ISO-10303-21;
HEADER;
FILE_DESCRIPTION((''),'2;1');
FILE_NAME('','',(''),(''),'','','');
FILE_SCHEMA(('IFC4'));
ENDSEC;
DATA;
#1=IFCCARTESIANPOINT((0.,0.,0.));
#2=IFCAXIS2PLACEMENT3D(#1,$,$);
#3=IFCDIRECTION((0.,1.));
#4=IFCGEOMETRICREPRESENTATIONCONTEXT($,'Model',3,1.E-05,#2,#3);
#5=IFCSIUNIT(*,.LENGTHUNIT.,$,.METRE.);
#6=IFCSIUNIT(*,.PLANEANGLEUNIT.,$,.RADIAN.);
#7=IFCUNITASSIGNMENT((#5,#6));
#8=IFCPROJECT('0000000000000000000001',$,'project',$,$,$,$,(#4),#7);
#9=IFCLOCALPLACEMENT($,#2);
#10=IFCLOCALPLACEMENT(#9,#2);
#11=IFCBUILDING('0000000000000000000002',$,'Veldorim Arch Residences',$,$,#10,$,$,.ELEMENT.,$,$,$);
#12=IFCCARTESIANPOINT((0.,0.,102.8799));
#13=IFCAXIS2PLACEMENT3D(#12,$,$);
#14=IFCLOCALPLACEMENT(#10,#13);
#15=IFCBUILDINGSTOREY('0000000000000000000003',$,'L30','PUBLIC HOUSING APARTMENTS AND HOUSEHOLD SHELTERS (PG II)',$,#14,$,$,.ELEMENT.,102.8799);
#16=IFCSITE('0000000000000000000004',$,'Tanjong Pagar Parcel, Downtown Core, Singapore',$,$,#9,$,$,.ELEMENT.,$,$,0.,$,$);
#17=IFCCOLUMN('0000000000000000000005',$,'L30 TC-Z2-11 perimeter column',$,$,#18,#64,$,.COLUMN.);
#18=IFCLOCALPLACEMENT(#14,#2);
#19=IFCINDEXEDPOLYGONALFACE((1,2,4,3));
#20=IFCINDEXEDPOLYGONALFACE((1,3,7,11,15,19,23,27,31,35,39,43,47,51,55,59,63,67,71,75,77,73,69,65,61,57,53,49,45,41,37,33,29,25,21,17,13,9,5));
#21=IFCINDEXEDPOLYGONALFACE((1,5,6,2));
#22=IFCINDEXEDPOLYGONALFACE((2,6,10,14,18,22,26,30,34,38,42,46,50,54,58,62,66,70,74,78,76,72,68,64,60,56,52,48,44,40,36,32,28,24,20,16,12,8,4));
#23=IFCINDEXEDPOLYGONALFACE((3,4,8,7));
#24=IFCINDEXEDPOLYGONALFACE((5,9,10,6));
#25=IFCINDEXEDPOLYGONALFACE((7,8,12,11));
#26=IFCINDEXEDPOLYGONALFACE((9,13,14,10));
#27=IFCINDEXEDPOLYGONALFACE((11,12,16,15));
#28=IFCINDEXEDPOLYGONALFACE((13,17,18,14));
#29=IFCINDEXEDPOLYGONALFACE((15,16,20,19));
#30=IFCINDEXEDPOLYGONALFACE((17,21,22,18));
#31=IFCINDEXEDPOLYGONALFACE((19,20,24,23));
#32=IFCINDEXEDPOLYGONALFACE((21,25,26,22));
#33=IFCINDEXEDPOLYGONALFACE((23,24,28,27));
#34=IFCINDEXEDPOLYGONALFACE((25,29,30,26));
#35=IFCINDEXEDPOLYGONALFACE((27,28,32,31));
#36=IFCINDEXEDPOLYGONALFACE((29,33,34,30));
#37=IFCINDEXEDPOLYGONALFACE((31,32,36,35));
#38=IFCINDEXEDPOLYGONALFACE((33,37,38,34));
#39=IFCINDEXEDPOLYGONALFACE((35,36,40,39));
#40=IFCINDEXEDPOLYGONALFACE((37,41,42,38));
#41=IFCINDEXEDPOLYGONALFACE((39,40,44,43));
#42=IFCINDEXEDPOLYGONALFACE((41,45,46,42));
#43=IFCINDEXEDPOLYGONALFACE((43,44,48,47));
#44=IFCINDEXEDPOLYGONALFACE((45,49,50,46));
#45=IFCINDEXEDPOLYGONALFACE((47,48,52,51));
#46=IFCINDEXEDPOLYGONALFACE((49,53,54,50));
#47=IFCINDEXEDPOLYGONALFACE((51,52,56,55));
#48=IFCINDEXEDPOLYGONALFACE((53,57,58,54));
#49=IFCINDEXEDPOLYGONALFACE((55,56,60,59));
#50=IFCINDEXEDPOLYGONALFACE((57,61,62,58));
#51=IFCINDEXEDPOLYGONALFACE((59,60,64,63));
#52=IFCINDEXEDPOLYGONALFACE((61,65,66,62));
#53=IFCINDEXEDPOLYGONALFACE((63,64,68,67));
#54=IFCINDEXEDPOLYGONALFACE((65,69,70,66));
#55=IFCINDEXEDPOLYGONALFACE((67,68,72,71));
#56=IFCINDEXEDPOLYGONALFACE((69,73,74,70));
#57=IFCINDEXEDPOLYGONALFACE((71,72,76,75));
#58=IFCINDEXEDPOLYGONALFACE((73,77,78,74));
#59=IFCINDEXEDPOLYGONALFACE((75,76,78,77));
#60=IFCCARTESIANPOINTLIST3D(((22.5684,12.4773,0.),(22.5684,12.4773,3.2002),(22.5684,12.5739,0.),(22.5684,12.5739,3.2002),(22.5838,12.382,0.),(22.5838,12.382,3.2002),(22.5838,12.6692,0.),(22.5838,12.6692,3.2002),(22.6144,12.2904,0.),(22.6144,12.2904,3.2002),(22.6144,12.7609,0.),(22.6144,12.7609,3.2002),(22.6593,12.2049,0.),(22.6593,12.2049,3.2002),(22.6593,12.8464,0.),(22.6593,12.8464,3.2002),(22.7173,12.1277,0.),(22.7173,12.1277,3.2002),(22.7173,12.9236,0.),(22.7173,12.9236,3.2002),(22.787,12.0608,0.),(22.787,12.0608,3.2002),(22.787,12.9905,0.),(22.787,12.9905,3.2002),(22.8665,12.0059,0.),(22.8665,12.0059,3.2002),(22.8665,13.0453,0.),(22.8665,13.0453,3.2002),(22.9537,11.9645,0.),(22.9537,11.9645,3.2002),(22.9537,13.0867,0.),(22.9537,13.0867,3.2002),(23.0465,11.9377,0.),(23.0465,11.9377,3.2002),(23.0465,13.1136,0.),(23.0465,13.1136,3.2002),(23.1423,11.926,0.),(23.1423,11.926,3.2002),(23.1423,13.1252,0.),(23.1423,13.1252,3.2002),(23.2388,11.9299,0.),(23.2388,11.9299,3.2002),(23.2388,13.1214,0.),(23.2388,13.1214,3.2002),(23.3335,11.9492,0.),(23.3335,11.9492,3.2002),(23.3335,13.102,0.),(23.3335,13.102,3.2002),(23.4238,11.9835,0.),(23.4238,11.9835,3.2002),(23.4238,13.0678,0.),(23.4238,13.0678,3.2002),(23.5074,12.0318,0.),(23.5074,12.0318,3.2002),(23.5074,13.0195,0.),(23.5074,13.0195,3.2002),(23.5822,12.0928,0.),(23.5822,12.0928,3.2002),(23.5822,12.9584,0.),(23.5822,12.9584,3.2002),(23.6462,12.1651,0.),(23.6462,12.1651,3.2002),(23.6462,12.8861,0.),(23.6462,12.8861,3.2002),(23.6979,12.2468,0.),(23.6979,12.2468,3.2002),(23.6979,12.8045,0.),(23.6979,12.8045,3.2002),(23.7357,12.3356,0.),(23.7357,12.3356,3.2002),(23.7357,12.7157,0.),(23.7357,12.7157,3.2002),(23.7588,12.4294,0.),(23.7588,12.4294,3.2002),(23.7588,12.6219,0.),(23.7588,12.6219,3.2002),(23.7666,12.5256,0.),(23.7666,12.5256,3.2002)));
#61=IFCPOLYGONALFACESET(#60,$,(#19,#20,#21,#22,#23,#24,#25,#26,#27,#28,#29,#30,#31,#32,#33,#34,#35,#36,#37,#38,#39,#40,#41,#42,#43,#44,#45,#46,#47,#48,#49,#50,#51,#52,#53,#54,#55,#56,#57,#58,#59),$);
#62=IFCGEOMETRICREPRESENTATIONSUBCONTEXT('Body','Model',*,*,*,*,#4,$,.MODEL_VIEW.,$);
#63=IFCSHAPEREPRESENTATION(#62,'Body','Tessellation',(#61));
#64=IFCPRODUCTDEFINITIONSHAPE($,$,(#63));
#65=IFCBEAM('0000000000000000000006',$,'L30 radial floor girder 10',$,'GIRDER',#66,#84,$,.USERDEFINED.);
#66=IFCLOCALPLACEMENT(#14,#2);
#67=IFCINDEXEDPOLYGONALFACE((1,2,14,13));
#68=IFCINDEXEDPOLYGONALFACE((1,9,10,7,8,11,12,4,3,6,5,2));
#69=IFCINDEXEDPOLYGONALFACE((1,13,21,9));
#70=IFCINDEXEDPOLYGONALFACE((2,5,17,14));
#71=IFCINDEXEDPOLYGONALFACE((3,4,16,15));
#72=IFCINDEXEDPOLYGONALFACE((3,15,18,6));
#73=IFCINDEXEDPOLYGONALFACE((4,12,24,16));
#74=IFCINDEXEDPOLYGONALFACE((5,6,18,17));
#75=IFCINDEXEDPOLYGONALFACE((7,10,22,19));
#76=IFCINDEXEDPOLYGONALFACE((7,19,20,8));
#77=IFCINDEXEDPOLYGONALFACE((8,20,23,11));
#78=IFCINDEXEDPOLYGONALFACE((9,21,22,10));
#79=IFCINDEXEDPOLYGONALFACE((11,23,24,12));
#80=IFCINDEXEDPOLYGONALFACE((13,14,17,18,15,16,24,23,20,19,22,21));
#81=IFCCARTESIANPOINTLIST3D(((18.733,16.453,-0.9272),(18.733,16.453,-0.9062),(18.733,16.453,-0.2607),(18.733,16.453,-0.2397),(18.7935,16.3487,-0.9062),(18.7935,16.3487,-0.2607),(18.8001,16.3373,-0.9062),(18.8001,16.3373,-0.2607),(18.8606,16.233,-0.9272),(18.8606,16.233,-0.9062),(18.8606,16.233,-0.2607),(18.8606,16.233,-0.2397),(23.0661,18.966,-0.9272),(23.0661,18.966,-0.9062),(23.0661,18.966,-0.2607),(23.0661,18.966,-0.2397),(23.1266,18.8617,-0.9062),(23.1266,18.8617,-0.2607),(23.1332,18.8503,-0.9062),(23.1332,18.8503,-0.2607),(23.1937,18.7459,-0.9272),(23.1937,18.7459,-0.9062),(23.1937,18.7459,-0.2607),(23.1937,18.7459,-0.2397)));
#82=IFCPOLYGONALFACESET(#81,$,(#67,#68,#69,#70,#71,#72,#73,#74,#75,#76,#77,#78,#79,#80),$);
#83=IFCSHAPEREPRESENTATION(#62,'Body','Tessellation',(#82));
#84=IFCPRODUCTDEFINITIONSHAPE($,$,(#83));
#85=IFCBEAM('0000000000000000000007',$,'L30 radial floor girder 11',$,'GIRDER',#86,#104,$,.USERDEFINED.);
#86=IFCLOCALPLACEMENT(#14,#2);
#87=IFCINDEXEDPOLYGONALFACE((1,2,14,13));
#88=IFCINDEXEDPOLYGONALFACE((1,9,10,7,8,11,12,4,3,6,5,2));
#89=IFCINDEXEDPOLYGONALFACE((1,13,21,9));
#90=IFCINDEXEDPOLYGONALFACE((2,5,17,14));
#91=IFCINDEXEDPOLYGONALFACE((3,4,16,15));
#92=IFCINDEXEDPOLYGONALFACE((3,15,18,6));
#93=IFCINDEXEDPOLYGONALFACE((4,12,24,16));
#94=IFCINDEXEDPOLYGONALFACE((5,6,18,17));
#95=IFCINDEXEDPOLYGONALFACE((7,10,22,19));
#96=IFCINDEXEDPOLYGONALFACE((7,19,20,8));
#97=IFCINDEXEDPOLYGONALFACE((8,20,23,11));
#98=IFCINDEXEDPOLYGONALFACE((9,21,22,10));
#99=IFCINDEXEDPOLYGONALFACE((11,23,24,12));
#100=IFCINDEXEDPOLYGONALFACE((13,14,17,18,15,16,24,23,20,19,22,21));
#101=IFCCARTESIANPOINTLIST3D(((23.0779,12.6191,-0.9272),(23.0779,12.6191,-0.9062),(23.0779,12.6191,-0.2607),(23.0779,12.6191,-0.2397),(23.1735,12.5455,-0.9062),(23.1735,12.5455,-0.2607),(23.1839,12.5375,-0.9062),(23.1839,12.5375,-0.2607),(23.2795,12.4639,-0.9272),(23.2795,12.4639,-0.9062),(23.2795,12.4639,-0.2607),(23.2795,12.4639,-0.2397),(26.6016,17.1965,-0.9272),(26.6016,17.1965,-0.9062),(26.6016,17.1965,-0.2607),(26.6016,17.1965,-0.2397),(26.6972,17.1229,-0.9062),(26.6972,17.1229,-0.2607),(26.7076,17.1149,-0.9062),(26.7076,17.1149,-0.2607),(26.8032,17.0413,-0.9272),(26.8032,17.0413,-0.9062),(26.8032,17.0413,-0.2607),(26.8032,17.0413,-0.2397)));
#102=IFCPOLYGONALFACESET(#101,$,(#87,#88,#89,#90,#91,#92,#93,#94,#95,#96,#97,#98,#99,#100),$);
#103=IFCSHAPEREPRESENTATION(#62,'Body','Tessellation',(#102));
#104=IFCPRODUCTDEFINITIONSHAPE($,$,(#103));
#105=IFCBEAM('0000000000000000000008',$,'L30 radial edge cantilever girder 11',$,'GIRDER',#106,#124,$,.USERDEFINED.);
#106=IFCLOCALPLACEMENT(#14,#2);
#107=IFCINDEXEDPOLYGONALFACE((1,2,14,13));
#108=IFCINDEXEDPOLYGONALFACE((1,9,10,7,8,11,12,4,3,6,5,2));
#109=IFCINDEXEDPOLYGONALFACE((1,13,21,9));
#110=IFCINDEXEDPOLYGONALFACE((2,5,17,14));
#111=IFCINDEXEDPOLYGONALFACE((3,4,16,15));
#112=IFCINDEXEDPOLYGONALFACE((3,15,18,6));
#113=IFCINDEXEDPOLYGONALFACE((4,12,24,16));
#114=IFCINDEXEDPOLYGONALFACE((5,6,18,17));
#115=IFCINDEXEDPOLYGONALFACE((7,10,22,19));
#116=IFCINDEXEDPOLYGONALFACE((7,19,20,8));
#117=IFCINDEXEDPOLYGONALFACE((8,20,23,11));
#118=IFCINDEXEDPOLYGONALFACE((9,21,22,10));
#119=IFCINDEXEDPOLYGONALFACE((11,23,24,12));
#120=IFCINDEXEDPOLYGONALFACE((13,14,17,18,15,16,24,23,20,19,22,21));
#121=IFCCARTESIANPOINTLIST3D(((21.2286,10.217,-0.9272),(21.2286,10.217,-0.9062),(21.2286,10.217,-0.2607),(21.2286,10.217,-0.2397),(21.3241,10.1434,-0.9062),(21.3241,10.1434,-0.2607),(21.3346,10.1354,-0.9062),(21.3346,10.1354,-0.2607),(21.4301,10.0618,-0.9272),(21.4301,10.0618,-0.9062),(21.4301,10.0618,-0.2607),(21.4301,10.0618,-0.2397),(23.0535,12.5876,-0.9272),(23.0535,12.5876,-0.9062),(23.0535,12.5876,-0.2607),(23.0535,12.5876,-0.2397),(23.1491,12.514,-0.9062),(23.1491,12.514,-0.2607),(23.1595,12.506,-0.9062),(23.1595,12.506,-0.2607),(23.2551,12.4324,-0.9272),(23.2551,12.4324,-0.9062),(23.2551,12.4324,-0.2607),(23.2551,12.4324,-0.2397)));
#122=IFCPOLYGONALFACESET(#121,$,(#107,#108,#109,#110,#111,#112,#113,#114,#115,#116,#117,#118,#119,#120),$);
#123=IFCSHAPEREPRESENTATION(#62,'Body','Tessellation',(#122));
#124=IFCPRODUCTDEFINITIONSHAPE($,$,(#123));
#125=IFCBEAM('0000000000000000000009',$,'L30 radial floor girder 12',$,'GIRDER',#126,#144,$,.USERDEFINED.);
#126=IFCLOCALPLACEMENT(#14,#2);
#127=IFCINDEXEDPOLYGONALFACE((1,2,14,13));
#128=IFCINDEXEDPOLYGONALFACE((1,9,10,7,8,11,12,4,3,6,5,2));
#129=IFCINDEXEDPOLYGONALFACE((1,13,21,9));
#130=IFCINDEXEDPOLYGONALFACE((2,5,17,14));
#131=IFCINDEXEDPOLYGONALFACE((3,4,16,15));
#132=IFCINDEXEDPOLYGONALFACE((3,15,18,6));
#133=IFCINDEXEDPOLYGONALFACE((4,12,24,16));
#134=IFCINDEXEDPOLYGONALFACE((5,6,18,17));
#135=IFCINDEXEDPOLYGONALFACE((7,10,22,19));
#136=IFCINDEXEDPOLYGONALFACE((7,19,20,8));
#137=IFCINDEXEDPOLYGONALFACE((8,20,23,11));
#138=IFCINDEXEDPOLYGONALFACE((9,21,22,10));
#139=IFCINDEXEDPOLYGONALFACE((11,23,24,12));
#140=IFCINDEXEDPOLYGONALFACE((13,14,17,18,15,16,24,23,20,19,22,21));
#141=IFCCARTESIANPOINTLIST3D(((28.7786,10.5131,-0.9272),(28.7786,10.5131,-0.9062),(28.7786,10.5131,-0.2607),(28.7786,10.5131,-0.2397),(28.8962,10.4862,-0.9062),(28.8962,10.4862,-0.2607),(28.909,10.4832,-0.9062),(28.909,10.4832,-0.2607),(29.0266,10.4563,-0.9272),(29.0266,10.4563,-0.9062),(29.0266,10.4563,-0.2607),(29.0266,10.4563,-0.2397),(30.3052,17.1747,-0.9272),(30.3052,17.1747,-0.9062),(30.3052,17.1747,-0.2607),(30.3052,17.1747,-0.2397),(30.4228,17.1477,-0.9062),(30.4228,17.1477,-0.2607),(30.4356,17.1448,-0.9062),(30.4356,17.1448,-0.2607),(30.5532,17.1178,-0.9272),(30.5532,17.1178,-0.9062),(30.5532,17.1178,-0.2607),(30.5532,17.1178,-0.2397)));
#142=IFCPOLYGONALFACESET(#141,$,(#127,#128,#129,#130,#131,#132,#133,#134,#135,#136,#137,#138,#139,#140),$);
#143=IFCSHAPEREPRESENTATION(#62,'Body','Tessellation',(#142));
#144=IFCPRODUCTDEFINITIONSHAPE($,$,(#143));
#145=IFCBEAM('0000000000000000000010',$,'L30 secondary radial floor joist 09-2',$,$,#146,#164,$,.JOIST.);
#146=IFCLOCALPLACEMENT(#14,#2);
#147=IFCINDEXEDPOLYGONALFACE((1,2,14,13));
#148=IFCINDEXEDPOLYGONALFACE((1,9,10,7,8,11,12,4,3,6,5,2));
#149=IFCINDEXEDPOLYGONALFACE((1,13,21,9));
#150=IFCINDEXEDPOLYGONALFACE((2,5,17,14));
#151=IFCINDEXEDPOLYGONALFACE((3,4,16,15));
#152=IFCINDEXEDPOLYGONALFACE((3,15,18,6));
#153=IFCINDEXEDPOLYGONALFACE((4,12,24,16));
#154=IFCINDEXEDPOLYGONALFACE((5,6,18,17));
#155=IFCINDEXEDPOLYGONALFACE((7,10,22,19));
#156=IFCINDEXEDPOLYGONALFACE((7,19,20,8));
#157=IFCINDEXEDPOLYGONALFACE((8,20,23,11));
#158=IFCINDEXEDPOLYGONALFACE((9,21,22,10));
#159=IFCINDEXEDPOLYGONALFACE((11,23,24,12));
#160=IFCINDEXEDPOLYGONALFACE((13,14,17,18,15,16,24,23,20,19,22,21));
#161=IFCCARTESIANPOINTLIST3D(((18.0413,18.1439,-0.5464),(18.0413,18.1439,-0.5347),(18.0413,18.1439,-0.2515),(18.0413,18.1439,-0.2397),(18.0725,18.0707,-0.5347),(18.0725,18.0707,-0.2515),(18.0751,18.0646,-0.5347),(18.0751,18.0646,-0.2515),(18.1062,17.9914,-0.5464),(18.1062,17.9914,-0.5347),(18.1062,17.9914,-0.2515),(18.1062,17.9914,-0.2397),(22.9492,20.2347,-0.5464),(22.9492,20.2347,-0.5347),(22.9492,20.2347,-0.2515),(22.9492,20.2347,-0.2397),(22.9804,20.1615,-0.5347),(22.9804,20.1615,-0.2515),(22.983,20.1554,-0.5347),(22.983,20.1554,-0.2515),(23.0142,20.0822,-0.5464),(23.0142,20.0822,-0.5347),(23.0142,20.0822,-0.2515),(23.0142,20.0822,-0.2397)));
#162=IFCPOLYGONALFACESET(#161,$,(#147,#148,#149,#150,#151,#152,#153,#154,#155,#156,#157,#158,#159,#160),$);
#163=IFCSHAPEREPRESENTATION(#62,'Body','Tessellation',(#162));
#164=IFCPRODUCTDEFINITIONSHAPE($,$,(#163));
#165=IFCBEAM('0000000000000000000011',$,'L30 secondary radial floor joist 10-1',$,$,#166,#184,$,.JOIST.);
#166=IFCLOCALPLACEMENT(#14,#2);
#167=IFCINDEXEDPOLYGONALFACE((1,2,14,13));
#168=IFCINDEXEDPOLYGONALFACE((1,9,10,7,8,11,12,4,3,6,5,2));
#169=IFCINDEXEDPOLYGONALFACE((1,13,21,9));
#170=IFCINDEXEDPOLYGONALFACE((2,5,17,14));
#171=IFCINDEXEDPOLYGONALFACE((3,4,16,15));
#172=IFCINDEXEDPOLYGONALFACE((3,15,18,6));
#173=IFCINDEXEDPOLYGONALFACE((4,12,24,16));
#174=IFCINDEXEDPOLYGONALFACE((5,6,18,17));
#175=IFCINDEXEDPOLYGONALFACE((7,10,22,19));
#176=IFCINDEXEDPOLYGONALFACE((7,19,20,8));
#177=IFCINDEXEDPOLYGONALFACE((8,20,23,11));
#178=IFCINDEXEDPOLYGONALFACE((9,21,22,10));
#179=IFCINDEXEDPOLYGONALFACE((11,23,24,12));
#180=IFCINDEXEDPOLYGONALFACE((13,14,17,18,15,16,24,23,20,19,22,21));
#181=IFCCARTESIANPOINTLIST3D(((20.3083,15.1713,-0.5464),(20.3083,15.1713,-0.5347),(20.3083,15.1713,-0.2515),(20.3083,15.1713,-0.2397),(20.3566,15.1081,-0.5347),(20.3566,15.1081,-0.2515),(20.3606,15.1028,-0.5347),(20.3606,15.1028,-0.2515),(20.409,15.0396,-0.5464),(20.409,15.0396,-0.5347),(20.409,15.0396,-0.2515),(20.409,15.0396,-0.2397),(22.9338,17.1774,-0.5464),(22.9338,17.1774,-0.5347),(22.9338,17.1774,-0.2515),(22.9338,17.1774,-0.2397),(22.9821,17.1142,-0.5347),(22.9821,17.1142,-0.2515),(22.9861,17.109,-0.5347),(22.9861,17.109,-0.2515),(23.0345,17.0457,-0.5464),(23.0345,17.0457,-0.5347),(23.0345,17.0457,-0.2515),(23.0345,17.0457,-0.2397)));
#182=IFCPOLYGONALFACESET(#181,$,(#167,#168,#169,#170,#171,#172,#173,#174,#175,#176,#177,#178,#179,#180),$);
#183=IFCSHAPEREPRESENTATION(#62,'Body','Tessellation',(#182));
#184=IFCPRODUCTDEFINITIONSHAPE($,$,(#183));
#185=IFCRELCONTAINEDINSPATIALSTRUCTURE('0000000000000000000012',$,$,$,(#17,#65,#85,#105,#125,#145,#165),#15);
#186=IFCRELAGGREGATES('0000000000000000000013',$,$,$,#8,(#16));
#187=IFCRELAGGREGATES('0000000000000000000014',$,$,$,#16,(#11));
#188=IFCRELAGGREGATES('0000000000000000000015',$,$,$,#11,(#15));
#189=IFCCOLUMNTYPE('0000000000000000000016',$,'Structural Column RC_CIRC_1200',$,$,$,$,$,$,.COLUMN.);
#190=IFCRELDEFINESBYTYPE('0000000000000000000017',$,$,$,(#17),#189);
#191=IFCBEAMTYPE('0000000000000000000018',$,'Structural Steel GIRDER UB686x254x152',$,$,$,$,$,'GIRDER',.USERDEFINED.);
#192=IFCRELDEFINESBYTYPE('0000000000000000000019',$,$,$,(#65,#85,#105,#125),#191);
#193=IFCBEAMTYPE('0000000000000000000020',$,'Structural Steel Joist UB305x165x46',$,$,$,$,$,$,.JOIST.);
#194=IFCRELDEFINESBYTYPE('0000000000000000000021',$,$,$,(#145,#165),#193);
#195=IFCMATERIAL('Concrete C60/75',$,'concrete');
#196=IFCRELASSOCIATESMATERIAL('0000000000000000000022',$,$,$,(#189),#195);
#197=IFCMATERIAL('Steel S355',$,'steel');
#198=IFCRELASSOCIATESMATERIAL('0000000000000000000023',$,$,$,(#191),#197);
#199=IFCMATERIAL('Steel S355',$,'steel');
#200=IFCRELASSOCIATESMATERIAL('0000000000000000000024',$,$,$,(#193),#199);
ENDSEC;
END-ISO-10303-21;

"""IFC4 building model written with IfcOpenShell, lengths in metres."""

from ifc_helpers import new_model, si_unit, direction, frame, origin, origin_2d, place, context, subcontext, project, spatial, circle, i_section, extrude, material, material_profile, profile_set, type_object, element, save


model = new_model("IFC4")

# Units and contexts
model_context = context("Model", 3, precision=1e-05, world=origin(), true_north=direction((0.0, 1.0)))
body_context = subcontext(model_context, "Body", "Model", "MODEL_VIEW")
ifc_project = project(units=[si_unit("LENGTHUNIT", "METRE"), si_unit("PLANEANGLEUNIT", "RADIAN")], contexts=[model_context])

# Site, building, storey
site_placement = place(None, origin())
site = spatial("IfcSite", under=ifc_project, at=site_placement, Name="Tanjong Pagar Parcel, Downtown Core, Singapore", CompositionType="ELEMENT", RefElevation=0.0)
building_placement = place(site_placement, origin())
building = spatial("IfcBuilding", under=site, at=building_placement, Name="Veldorim Arch Residences", CompositionType="ELEMENT")
storey_placement = place(building_placement, frame((0.0, 0.0, 102.8799)))
storey = spatial("IfcBuildingStorey", under=building, at=storey_placement, Name="L30", Description="PUBLIC HOUSING APARTMENTS AND HOUSEHOLD SHELTERS (PG II)", CompositionType="ELEMENT", Elevation=102.8799)

# Column
ifc_material_1 = material(Name="Concrete C60/75", Category="concrete")
ifc_material_profile_1 = material_profile(ifc_material_1, circle(Radius=0.6001, at=origin_2d()), Name="RC_CIRC_1200")
ifc_profile_set_1 = profile_set([ifc_material_profile_1], Name="Concrete C60/75")
column_type = type_object("IfcColumnType", Name="Structural Column RC_CIRC_1200", PredefinedType="COLUMN", material=ifc_profile_set_1)
column_placement = place(storey_placement, frame((23.1665, 12.5256, 0.0), z_axis=(0.0, 0.0, 1.0), x_axis=(1.0, 0.0, 0.0)))
element("IfcColumn", 1, at=column_placement, inside=storey, type_object=column_type, Name="L30 TC-Z2-11 perimeter column", PredefinedType="COLUMN", context=body_context, shape_type="SweptSolid", body=[
    extrude(circle(Radius=0.6001, at=origin_2d()), origin(), (0.0, 0.0, 1.0), 3.2002),
])

# Beams
ifc_material_2 = material(Name="Steel S355", Category="steel")
ifc_material_profile_2 = material_profile(ifc_material_2, i_section(OverallWidth=0.2544, OverallDepth=0.6875, WebThickness=0.0132, FlangeThickness=0.021, at=origin_2d()), Name="UB686x254x152")
ifc_profile_set_2 = profile_set([ifc_material_profile_2], Name="Steel S355")
beam_type_1 = type_object("IfcBeamType", Name="Structural Steel GIRDER UB686x254x152", ElementType="GIRDER", PredefinedType="USERDEFINED", material=ifc_profile_set_2)
beam_1_placement = place(storey_placement, frame((23.1299, 18.856, -0.5835), z_axis=(-0.865049, -0.501687, 0.0), x_axis=(0.501687, -0.865049, 0.0)))
element("IfcBeam", 2, at=beam_1_placement, inside=storey, type_object=beam_type_1, Name="L30 radial floor girder 10", ObjectType="GIRDER", PredefinedType="USERDEFINED", context=body_context, shape_type="SweptSolid", body=[
    extrude(i_section(OverallWidth=0.2544, OverallDepth=0.6875, WebThickness=0.0132, FlangeThickness=0.021, at=origin_2d()), origin(), (0.0, 0.0, 1.0), 5.009),
])
beam_2_placement = place(storey_placement, frame((26.7024, 17.1189, -0.5835), z_axis=(-0.609995, -0.792406, 0.0), x_axis=(0.792406, -0.609995, 0.0)))
element("IfcBeam", 3, at=beam_2_placement, inside=storey, type_object=beam_type_1, Name="L30 radial floor girder 11", ObjectType="GIRDER", PredefinedType="USERDEFINED", context=body_context, shape_type="SweptSolid", body=[
    extrude(i_section(OverallWidth=0.2544, OverallDepth=0.6875, WebThickness=0.0132, FlangeThickness=0.021, at=origin_2d()), origin(), (0.0, 0.0, 1.0), 5.7766),
])
beam_3_placement = place(storey_placement, frame((23.1543, 12.51, -0.5835), z_axis=(-0.610007, -0.792396, 0.0), x_axis=(0.792396, -0.610007, 0.0)))
element("IfcBeam", 4, at=beam_3_placement, inside=storey, type_object=beam_type_1, Name="L30 radial edge cantilever girder 11", ObjectType="GIRDER", PredefinedType="USERDEFINED", context=body_context, shape_type="SweptSolid", body=[
    extrude(i_section(OverallWidth=0.2544, OverallDepth=0.6875, WebThickness=0.0132, FlangeThickness=0.021, at=origin_2d()), origin(), (0.0, 0.0, 1.0), 2.9917),
])
beam_4_placement = place(storey_placement, frame((30.4292, 17.1462, -0.5835), z_axis=(-0.223375, -0.974733, 0.0), x_axis=(0.974733, -0.223375, 0.0)))
element("IfcBeam", 5, at=beam_4_placement, inside=storey, type_object=beam_type_1, Name="L30 radial floor girder 12", ObjectType="GIRDER", PredefinedType="USERDEFINED", context=body_context, shape_type="SweptSolid", body=[
    extrude(i_section(OverallWidth=0.2544, OverallDepth=0.6875, WebThickness=0.0132, FlangeThickness=0.021, at=origin_2d()), origin(), (0.0, 0.0, 1.0), 6.8342),
])
ifc_material_3 = material(Name="Steel S355", Category="steel")
ifc_material_profile_3 = material_profile(ifc_material_3, i_section(OverallWidth=0.1658, OverallDepth=0.3066, WebThickness=0.0066, FlangeThickness=0.0117, at=origin_2d()), Name="UB305x165x46")
ifc_profile_set_3 = profile_set([ifc_material_profile_3], Name="Steel S355")
beam_type_2 = type_object("IfcBeamType", Name="Structural Steel Joist UB305x165x46", PredefinedType="JOIST", material=ifc_profile_set_3)
beam_5_placement = place(storey_placement, frame((22.9817, 20.1584, -0.3931), z_axis=(-0.919997, -0.391924, 0.0), x_axis=(0.391924, -0.919997, 0.0)))
element("IfcBeam", 6, at=beam_5_placement, inside=storey, type_object=beam_type_2, Name="L30 secondary radial floor joist 09-2", PredefinedType="JOIST", context=body_context, shape_type="SweptSolid", body=[
    extrude(i_section(OverallWidth=0.1658, OverallDepth=0.3066, WebThickness=0.0066, FlangeThickness=0.0117, at=origin_2d()), origin(), (0.0, 0.0, 1.0), 5.3347),
])
beam_6_placement = place(storey_placement, frame((22.9841, 17.1116, -0.3931), z_axis=(-0.794595, -0.60714, 0.0), x_axis=(0.60714, -0.794595, 0.0)))
element("IfcBeam", 7, at=beam_6_placement, inside=storey, type_object=beam_type_2, Name="L30 secondary radial floor joist 10-1", PredefinedType="JOIST", context=body_context, shape_type="SweptSolid", body=[
    extrude(i_section(OverallWidth=0.1658, OverallDepth=0.3066, WebThickness=0.0066, FlangeThickness=0.0117, at=origin_2d()), origin(), (0.0, 0.0, 1.0), 3.3042),
])

save(model, "model.ifc")
